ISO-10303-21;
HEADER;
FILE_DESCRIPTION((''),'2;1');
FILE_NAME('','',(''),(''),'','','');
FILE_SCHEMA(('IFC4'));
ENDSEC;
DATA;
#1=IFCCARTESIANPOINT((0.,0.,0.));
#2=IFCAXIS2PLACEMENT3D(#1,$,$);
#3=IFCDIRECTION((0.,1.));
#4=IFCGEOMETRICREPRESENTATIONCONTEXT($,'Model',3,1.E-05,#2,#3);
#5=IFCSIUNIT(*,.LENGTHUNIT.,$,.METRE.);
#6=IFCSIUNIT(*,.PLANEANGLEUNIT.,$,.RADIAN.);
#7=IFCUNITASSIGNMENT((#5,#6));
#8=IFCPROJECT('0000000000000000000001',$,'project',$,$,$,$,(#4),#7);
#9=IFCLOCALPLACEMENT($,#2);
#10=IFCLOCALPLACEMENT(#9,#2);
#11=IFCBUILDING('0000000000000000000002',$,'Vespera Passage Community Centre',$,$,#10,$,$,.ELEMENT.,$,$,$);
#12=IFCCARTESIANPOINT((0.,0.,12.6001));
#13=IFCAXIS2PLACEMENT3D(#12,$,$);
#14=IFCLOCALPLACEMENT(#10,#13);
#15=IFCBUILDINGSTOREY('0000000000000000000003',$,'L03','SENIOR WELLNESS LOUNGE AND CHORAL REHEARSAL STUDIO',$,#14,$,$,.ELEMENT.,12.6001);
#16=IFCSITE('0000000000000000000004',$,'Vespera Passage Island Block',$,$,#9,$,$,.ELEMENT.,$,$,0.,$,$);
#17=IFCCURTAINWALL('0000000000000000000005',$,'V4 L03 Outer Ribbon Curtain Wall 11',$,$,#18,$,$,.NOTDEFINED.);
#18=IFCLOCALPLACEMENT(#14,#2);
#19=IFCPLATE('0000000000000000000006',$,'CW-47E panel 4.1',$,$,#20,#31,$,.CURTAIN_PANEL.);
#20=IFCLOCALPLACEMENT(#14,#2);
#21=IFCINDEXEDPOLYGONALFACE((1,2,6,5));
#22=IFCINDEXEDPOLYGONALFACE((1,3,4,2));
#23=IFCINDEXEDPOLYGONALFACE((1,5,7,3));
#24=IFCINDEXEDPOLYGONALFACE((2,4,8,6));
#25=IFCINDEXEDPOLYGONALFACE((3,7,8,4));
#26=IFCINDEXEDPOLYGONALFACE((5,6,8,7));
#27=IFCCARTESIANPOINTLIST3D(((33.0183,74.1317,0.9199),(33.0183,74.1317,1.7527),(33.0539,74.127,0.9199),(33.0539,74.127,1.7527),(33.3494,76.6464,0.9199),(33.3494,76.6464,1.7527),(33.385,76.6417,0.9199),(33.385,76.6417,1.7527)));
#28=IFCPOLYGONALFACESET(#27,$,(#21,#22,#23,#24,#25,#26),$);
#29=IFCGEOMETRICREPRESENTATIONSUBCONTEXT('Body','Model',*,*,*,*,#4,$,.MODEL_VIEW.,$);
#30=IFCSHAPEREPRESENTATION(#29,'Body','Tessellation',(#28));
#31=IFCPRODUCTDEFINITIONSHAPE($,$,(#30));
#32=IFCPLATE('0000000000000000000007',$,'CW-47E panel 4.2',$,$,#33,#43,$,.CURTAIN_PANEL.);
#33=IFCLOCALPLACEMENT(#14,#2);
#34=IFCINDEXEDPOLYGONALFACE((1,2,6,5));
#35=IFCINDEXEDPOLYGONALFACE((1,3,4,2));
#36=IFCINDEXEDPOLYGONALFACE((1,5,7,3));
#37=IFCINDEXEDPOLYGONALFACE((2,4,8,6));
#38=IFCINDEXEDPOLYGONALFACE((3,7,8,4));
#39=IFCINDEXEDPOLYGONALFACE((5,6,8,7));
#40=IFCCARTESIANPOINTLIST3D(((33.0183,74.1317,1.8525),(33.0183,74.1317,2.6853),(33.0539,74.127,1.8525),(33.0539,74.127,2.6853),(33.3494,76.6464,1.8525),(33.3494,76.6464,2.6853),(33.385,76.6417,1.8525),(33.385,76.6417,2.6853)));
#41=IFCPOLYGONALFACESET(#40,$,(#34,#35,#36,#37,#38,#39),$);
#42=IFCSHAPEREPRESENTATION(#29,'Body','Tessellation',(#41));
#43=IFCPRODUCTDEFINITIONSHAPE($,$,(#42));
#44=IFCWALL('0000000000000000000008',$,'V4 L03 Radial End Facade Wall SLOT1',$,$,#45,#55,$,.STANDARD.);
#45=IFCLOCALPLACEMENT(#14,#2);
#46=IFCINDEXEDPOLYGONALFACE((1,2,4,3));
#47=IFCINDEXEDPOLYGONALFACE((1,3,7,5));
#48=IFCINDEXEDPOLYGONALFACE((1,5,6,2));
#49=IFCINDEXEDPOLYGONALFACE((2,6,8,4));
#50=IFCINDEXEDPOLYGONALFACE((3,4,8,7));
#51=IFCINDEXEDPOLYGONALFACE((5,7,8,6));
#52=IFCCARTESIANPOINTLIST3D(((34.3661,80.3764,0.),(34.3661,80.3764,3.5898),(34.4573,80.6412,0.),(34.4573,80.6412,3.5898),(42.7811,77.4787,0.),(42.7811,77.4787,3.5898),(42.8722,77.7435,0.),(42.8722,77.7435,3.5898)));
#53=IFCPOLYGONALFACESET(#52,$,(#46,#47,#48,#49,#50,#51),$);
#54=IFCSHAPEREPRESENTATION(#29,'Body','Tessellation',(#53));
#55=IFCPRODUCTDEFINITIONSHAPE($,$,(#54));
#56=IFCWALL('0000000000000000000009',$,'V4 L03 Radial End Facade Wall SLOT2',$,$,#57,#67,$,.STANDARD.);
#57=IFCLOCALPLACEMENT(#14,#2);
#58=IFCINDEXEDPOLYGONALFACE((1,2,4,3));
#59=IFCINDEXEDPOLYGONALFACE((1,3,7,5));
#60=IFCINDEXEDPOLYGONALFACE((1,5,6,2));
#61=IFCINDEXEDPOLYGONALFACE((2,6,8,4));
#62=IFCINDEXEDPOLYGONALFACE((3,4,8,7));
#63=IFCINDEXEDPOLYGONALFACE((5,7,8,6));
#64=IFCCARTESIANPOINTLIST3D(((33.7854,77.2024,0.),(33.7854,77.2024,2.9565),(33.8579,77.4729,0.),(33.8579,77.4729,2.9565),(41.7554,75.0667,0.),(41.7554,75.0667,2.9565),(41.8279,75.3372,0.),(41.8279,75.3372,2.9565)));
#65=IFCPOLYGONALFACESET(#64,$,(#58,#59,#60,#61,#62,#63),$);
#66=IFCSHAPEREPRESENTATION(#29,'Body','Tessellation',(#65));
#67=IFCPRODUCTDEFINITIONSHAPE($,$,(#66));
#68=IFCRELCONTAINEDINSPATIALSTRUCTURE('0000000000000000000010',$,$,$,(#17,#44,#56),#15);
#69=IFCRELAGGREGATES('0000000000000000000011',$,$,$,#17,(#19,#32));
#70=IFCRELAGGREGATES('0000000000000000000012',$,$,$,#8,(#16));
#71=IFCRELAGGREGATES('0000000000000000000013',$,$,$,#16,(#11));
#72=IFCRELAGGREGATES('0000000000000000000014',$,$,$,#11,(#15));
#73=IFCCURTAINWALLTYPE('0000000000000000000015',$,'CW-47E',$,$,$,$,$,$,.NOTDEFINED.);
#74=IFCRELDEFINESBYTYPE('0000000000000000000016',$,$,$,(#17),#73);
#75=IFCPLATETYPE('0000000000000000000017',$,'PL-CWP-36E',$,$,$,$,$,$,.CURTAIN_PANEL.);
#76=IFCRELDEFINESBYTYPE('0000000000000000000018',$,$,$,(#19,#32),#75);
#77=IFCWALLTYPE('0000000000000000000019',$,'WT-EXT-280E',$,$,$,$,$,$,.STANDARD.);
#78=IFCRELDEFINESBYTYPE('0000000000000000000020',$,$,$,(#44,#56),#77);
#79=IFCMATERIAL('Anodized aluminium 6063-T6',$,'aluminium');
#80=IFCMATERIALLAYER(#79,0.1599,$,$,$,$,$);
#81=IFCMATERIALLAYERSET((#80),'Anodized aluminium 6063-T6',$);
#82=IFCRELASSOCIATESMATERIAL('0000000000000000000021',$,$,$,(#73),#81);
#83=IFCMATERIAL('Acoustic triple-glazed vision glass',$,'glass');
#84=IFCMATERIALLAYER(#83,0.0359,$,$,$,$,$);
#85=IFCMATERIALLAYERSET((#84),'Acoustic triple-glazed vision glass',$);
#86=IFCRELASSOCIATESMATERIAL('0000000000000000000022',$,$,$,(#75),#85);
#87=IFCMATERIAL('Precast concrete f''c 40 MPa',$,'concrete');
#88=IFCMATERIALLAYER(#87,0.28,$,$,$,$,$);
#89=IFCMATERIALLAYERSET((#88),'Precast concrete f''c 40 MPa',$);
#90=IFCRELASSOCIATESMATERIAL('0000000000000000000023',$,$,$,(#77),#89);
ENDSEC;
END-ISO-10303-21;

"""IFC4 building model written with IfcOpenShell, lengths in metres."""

from ifc_helpers import new_model, si_unit, direction, frame, frame_2d, origin, origin_2d, place, context, subcontext, project, spatial, rectangle, extrude, material, layer, layer_set, type_object, element, aggregate, save


model = new_model("IFC4")

# Units and contexts
model_context = context("Model", 3, precision=1e-05, world=origin(), true_north=direction((0.0, 1.0)))
body_context = subcontext(model_context, "Body", "Model", "MODEL_VIEW")
ifc_project = project(units=[si_unit("LENGTHUNIT", "METRE"), si_unit("PLANEANGLEUNIT", "RADIAN")], contexts=[model_context])

# Site, building, storey
site_placement = place(None, origin())
site = spatial("IfcSite", under=ifc_project, at=site_placement, Name="Vespera Passage Island Block", CompositionType="ELEMENT", RefElevation=0.0)
building_placement = place(site_placement, origin())
building = spatial("IfcBuilding", under=site, at=building_placement, Name="Vespera Passage Community Centre", CompositionType="ELEMENT")
storey_placement = place(building_placement, frame((0.0, 0.0, 12.6001)))
storey = spatial("IfcBuildingStorey", under=building, at=storey_placement, Name="L03", Description="SENIOR WELLNESS LOUNGE AND CHORAL REHEARSAL STUDIO", CompositionType="ELEMENT", Elevation=12.6001)

# Curtain wall
ifc_material_1 = material(Name="Anodized aluminium 6063-T6", Category="aluminium")
ifc_layer_1 = layer(ifc_material_1, 0.1599)
ifc_layer_set_1 = layer_set([ifc_layer_1], Name="Anodized aluminium 6063-T6")
curtain_wall_type_1 = type_object("IfcCurtainWallType", Name="CW-47E", PredefinedType="NOTDEFINED", material=ifc_layer_set_1)
curtain_wall_1_placement = place(storey_placement, origin())
curtain_wall_1 = element("IfcCurtainWall", 1, at=curtain_wall_1_placement, inside=storey, type_object=curtain_wall_type_1, Name="V4 L03 Outer Ribbon Curtain Wall 11", PredefinedType="NOTDEFINED")

# Plates
ifc_material_2 = material(Name="Acoustic triple-glazed vision glass", Category="glass")
ifc_layer_2 = layer(ifc_material_2, 0.0359)
ifc_layer_set_2 = layer_set([ifc_layer_2], Name="Acoustic triple-glazed vision glass")
plate_type_1 = type_object("IfcPlateType", Name="PL-CWP-36E", PredefinedType="CURTAIN_PANEL", material=ifc_layer_set_2)
plate_1_placement = place(storey_placement, frame((33.2017, 75.3867, 0.9199), z_axis=(0.0, 0.0, 1.0), x_axis=(0.130523, 0.991445, 0.0)))
plate_1 = element("IfcPlate", 2, at=plate_1_placement, type_object=plate_type_1, Name="CW-47E panel 4.1", PredefinedType="CURTAIN_PANEL", context=body_context, shape_type="SweptSolid", body=[
    extrude(rectangle(XDim=2.5364, YDim=0.0359, at=origin_2d()), origin(), (0.0, 0.0, 1.0), 0.8328),
])
plate_2_placement = place(storey_placement, frame((33.2017, 75.3867, 1.8525), z_axis=(0.0, 0.0, 1.0), x_axis=(0.130523, 0.991445, 0.0)))
plate_2 = element("IfcPlate", 3, at=plate_2_placement, type_object=plate_type_1, Name="CW-47E panel 4.2", PredefinedType="CURTAIN_PANEL", context=body_context, shape_type="SweptSolid", body=[
    extrude(rectangle(XDim=2.5364, YDim=0.0359, at=origin_2d()), origin(), (0.0, 0.0, 1.0), 0.8328),
])
aggregate(curtain_wall_1, [plate_1, plate_2])

# Walls
ifc_material_3 = material(Name="Precast concrete f'c 40 MPa", Category="concrete")
ifc_layer_3 = layer(ifc_material_3, 0.28)
ifc_layer_set_3 = layer_set([ifc_layer_3], Name="Precast concrete f'c 40 MPa")
wall_type_1 = type_object("IfcWallType", Name="WT-EXT-280E", PredefinedType="STANDARD", material=ifc_layer_set_3)
wall_1_placement = place(storey_placement, frame((42.8267, 77.6111, 0.0), z_axis=(0.0, 0.0, 1.0), x_axis=(-0.945513, 0.325586, 0.0)))
element("IfcWall", 4, at=wall_1_placement, inside=storey, type_object=wall_type_1, Name="V4 L03 Radial End Facade Wall SLOT1", PredefinedType="STANDARD", context=body_context, shape_type="SweptSolid", body=[
    extrude(rectangle(XDim=8.8999, YDim=0.28, at=frame_2d((4.45, 0.0))), origin(), (0.0, 0.0, 1.0), 3.5898),
])
wall_2_placement = place(storey_placement, frame((33.8218, 77.3376, 0.0), z_axis=(0.0, 0.0, 1.0), x_axis=(0.96592, -0.258841, 0.0)))
element("IfcWall", 5, at=wall_2_placement, inside=storey, type_object=wall_type_1, Name="V4 L03 Radial End Facade Wall SLOT2", PredefinedType="STANDARD", context=body_context, shape_type="SweptSolid", body=[
    extrude(rectangle(XDim=8.2512, YDim=0.28, at=frame_2d((4.1255, 0.0))), origin(), (0.0, 0.0, 1.0), 2.9565),
])

save(model, "model.ifc")
